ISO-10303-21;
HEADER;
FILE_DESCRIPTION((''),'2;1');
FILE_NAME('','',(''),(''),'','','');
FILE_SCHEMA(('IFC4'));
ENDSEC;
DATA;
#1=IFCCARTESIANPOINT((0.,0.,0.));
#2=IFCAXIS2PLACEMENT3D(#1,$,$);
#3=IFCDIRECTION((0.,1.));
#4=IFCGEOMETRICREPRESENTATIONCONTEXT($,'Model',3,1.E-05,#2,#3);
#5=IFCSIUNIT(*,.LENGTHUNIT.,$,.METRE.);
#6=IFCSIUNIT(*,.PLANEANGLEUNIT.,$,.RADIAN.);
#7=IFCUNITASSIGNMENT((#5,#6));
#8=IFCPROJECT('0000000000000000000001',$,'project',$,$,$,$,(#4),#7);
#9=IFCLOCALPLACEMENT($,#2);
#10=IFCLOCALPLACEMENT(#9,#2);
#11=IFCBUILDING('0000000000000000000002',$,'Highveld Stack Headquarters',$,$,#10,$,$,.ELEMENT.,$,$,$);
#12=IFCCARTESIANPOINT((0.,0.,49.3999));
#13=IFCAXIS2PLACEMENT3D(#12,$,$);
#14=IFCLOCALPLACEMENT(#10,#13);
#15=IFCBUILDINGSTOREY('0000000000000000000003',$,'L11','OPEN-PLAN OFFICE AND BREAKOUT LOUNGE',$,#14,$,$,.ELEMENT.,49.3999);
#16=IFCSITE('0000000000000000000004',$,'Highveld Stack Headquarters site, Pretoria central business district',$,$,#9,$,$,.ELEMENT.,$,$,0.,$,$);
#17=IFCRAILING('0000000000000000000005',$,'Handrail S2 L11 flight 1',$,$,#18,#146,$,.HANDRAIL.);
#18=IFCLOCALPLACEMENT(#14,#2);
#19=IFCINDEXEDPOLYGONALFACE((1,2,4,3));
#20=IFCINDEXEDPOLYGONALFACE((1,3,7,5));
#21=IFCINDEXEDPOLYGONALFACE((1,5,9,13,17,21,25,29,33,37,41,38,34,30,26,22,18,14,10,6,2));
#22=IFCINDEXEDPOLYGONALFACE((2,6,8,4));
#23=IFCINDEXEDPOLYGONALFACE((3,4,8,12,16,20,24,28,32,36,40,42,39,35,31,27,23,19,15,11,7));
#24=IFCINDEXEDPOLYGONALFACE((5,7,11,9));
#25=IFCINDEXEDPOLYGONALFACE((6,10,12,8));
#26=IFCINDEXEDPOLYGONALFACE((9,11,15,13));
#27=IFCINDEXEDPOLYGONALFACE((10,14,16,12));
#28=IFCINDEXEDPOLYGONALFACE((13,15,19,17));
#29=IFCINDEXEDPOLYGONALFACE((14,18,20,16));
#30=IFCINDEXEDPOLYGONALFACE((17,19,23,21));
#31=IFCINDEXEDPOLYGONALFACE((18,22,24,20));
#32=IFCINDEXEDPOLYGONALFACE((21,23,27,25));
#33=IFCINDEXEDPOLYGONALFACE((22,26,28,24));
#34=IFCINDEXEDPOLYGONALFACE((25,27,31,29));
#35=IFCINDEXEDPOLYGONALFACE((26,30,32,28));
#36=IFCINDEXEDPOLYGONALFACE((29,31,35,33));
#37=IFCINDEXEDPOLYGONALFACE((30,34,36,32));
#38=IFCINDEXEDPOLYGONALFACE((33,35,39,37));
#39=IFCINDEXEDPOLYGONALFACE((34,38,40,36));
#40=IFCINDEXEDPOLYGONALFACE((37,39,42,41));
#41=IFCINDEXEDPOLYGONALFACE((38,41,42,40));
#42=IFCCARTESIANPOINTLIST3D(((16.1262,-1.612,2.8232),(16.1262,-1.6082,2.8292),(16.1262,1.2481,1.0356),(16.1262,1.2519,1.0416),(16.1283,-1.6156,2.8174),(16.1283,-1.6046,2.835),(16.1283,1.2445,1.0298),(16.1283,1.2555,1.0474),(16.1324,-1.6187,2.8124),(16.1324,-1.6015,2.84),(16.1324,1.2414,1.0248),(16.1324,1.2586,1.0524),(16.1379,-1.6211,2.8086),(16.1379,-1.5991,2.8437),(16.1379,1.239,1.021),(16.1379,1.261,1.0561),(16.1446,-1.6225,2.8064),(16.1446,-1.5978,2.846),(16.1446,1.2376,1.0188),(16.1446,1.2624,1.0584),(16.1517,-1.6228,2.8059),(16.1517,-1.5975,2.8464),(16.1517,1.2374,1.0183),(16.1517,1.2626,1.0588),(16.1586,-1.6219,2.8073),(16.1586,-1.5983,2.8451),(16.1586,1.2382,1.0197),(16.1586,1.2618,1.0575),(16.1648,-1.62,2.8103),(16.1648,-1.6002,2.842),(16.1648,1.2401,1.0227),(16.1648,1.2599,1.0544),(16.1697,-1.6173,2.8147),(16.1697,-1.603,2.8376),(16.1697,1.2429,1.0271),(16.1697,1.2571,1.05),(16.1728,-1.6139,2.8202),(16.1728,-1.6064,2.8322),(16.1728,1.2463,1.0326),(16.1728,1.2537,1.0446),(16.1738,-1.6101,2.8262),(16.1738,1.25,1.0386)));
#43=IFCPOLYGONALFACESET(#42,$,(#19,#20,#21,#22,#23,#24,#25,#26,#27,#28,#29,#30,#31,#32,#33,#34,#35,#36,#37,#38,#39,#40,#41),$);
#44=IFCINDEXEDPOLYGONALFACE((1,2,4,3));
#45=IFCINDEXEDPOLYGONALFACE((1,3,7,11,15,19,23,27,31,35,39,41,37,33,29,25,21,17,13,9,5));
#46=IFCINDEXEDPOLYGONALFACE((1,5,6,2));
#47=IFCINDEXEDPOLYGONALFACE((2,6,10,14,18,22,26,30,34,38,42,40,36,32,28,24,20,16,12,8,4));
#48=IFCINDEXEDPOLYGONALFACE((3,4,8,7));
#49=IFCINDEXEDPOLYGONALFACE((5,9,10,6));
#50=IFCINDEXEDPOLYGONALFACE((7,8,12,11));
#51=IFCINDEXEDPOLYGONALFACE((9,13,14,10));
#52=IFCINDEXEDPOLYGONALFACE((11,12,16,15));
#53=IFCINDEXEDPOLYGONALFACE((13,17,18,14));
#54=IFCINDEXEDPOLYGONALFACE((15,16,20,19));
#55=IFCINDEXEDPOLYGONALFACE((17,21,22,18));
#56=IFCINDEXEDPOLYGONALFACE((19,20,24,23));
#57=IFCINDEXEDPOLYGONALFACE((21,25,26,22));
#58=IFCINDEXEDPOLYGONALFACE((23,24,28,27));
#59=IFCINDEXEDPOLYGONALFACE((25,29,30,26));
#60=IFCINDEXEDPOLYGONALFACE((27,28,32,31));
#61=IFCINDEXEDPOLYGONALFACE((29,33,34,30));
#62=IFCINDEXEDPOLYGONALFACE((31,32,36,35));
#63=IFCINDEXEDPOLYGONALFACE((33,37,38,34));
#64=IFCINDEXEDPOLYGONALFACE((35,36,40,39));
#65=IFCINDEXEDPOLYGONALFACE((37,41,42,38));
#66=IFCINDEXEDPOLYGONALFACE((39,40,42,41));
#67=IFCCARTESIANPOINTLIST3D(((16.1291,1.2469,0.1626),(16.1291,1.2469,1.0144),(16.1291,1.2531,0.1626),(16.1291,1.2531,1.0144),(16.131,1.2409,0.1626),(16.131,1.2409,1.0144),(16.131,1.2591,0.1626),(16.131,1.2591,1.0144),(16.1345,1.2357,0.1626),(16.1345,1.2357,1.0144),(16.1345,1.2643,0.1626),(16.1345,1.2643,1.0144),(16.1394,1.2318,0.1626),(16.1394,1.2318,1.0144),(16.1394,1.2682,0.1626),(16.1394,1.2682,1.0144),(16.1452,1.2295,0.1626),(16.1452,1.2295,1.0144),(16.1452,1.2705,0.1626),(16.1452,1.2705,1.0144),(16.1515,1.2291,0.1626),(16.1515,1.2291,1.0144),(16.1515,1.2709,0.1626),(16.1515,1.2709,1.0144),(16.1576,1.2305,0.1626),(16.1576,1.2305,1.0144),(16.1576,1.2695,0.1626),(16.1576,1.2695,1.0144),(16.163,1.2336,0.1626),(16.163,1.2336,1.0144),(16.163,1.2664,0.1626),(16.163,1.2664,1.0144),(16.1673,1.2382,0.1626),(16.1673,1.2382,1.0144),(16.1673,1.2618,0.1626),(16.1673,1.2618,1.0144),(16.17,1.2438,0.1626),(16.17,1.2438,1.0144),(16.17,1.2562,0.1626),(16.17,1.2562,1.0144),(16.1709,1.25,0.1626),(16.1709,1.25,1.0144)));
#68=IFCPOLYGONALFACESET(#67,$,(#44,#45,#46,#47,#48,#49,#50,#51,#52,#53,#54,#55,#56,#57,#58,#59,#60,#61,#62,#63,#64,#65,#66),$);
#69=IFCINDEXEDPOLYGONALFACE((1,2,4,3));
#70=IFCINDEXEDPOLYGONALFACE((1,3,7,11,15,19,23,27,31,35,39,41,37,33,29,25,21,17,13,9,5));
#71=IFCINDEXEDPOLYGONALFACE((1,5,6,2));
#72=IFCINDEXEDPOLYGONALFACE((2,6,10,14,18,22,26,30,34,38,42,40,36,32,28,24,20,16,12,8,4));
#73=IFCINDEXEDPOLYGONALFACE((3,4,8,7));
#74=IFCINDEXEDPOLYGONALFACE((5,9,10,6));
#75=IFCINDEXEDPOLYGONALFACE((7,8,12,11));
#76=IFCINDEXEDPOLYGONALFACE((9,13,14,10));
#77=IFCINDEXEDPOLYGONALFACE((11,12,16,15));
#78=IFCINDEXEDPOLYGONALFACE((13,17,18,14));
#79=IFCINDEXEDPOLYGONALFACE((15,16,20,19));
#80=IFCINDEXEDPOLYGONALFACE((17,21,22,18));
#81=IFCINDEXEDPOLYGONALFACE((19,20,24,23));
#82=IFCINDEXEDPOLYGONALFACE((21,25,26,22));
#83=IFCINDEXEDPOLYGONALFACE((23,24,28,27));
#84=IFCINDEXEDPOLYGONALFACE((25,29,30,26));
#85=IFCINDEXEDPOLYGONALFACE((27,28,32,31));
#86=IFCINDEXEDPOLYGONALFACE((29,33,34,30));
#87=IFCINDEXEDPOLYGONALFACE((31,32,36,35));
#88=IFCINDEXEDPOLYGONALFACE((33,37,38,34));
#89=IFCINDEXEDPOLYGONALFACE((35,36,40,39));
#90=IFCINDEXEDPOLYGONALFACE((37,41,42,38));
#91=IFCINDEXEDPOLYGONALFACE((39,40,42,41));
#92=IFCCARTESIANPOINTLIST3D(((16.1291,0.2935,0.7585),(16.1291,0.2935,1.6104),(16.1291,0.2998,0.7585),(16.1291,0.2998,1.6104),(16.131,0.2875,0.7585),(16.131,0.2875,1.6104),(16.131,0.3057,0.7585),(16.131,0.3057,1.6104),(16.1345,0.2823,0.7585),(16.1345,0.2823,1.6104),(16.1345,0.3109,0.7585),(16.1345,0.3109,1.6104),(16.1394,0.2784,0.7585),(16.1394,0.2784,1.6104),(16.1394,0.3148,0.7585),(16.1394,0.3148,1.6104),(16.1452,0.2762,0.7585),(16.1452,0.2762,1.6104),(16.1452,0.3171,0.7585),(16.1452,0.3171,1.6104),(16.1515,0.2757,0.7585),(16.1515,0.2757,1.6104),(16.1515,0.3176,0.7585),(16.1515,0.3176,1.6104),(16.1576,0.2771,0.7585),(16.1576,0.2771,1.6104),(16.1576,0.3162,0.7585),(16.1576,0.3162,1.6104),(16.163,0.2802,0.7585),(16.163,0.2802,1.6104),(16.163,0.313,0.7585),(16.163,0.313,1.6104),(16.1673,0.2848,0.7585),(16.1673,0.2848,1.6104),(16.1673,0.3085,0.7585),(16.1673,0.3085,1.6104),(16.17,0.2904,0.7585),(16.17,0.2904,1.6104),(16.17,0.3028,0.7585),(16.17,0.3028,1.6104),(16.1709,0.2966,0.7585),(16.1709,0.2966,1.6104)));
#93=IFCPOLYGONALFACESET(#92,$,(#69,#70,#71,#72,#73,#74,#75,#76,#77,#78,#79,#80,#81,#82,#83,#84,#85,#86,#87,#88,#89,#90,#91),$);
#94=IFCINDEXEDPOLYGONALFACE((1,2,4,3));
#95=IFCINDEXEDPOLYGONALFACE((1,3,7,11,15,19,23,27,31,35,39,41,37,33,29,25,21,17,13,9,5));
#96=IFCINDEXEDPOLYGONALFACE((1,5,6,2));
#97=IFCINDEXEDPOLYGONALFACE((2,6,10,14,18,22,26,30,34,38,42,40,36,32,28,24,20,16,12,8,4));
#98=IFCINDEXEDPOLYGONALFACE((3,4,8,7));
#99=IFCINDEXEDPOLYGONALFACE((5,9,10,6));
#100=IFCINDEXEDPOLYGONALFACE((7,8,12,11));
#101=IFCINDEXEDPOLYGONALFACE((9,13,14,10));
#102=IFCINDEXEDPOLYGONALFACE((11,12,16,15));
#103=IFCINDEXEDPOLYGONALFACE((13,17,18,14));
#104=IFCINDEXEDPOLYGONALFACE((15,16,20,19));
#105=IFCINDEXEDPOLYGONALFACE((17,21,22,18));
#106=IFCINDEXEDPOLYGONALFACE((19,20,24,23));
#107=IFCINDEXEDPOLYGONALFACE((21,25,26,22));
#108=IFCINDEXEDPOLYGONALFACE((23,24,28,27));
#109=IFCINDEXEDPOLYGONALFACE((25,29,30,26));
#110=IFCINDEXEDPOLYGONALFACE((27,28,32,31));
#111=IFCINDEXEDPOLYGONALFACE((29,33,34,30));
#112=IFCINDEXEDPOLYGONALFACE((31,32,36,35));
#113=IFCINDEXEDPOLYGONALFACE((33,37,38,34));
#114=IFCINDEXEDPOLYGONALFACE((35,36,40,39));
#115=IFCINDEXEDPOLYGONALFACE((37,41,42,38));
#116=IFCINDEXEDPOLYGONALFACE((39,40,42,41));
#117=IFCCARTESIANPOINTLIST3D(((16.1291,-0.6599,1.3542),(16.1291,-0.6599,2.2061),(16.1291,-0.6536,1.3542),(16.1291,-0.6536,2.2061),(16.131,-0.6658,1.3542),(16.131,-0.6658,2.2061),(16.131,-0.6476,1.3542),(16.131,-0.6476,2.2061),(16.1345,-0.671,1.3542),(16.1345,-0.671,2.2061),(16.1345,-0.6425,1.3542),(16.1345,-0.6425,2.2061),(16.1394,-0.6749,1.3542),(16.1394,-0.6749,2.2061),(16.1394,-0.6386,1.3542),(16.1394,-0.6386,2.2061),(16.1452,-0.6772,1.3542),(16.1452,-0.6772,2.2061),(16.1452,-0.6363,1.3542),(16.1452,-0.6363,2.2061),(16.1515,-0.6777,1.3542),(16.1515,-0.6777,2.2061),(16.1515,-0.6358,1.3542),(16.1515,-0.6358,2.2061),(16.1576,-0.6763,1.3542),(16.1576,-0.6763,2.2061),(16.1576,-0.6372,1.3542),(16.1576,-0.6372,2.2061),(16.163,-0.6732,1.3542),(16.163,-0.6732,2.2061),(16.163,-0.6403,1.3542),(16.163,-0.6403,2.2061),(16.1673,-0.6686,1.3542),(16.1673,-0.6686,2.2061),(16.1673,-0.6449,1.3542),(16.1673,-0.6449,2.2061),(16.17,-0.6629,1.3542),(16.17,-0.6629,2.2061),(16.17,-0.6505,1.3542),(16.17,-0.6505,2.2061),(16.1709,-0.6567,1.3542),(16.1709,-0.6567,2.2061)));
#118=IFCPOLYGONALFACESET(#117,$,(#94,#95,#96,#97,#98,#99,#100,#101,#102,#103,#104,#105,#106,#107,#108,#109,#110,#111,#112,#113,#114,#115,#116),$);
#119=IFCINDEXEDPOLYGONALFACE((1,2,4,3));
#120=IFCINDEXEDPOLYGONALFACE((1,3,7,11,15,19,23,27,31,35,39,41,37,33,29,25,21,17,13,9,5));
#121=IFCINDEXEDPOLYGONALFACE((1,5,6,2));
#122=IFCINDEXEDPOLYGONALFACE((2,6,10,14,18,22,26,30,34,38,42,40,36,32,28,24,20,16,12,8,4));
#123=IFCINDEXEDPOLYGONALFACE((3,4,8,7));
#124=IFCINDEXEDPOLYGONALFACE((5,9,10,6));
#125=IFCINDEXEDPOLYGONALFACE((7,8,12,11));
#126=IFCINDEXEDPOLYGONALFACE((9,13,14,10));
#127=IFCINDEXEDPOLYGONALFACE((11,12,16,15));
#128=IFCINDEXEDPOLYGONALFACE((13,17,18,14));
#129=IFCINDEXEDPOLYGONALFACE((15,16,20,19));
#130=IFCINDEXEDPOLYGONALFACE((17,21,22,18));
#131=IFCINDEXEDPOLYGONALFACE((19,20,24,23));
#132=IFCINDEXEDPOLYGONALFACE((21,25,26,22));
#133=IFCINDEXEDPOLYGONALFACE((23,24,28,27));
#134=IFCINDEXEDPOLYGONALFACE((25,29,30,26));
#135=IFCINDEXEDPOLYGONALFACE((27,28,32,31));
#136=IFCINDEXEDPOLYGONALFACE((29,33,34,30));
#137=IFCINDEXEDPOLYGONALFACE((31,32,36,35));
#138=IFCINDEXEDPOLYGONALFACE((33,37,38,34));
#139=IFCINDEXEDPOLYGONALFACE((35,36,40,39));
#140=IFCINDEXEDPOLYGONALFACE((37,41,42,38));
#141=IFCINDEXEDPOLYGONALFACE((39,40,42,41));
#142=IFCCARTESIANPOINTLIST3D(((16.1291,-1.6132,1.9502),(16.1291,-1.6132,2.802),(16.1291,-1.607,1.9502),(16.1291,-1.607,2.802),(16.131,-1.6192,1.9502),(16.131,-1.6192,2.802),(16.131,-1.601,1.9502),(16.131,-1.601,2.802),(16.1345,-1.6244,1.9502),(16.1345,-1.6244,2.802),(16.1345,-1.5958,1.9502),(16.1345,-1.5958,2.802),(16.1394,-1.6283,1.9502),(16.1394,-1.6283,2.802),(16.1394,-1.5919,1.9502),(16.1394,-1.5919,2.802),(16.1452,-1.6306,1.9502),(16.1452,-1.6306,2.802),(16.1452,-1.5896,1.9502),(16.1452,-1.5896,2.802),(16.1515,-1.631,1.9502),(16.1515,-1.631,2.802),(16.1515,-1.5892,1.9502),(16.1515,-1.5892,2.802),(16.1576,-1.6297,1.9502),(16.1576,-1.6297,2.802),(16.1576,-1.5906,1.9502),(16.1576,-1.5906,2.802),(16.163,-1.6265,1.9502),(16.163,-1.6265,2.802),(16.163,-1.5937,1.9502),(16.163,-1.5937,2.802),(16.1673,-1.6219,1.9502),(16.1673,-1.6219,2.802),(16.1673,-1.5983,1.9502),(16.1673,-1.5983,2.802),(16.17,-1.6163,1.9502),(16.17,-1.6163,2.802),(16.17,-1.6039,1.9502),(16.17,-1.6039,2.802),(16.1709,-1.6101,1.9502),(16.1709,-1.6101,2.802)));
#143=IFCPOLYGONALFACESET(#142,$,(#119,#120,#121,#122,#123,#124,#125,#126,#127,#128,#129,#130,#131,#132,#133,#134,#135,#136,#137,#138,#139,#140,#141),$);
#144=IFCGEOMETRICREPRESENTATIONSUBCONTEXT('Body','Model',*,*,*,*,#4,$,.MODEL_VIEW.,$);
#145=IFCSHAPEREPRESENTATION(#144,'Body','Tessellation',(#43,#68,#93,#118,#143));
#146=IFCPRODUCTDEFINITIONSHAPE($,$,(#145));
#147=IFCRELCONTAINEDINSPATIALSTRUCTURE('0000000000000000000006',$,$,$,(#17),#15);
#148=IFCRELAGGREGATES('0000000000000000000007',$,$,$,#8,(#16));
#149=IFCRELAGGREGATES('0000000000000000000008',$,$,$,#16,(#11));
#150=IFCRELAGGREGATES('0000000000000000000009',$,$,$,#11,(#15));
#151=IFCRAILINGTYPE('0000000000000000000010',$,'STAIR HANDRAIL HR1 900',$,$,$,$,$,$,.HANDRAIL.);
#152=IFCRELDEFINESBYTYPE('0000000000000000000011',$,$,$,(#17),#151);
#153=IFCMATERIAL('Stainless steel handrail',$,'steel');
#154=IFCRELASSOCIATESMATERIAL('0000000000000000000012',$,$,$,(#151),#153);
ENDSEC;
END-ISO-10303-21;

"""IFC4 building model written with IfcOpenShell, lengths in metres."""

from ifc_helpers import new_model, si_unit, direction, frame, origin, origin_2d, place, context, subcontext, project, spatial, circle, extrude, material, type_object, element, save


model = new_model("IFC4")

# Units and contexts
model_context = context("Model", 3, precision=1e-05, world=origin(), true_north=direction((0.0, 1.0)))
body_context = subcontext(model_context, "Body", "Model", "MODEL_VIEW")
ifc_project = project(units=[si_unit("LENGTHUNIT", "METRE"), si_unit("PLANEANGLEUNIT", "RADIAN")], contexts=[model_context])

# Site, building, storey
site_placement = place(None, origin())
site = spatial("IfcSite", under=ifc_project, at=site_placement, Name="Highveld Stack Headquarters site, Pretoria central business district", CompositionType="ELEMENT", RefElevation=0.0)
building_placement = place(site_placement, origin())
building = spatial("IfcBuilding", under=site, at=building_placement, Name="Highveld Stack Headquarters", CompositionType="ELEMENT")
storey_placement = place(building_placement, frame((0.0, 0.0, 49.3999)))
storey = spatial("IfcBuildingStorey", under=building, at=storey_placement, Name="L11", Description="OPEN-PLAN OFFICE AND BREAKOUT LOUNGE", CompositionType="ELEMENT", Elevation=49.3999)

# Railing
ifc_material_1 = material(Name="Stainless steel handrail", Category="steel")
railing_type = type_object("IfcRailingType", Name="STAIR HANDRAIL HR1 900", PredefinedType="HANDRAIL", material=ifc_material_1)
for number, where, name in (
    (1, (16.1499, 1.25, 0.1626), "Handrail S2 L11 flight 1"),
):
    element("IfcRailing", number, at=place(storey_placement, frame(where)), inside=storey, type_object=railing_type, Name=name, PredefinedType="HANDRAIL", context=body_context, shape_type="SweptSolid", body=[
        extrude(circle(Radius=0.0239, at=origin_2d()), frame((0.0, 0.0, 0.876), z_axis=(0.0, -0.847994, 0.530005), x_axis=(1.0, 0.0, 0.0)), (0.0, 0.0, 1.0), 3.3728),
        extrude(circle(Radius=0.021, at=origin_2d()), origin(), (0.0, 0.0, 1.0), 0.8518),
        extrude(circle(Radius=0.021, at=origin_2d()), frame((0.0, -0.9534, 0.5959)), (0.0, 0.0, 1.0), 0.8518),
        extrude(circle(Radius=0.021, at=origin_2d()), frame((0.0, -1.9067, 1.1917)), (0.0, 0.0, 1.0), 0.8518),
        extrude(circle(Radius=0.021, at=origin_2d()), frame((0.0, -2.8601, 1.7876)), (0.0, 0.0, 1.0), 0.8518),
    ])

save(model, "model.ifc")
